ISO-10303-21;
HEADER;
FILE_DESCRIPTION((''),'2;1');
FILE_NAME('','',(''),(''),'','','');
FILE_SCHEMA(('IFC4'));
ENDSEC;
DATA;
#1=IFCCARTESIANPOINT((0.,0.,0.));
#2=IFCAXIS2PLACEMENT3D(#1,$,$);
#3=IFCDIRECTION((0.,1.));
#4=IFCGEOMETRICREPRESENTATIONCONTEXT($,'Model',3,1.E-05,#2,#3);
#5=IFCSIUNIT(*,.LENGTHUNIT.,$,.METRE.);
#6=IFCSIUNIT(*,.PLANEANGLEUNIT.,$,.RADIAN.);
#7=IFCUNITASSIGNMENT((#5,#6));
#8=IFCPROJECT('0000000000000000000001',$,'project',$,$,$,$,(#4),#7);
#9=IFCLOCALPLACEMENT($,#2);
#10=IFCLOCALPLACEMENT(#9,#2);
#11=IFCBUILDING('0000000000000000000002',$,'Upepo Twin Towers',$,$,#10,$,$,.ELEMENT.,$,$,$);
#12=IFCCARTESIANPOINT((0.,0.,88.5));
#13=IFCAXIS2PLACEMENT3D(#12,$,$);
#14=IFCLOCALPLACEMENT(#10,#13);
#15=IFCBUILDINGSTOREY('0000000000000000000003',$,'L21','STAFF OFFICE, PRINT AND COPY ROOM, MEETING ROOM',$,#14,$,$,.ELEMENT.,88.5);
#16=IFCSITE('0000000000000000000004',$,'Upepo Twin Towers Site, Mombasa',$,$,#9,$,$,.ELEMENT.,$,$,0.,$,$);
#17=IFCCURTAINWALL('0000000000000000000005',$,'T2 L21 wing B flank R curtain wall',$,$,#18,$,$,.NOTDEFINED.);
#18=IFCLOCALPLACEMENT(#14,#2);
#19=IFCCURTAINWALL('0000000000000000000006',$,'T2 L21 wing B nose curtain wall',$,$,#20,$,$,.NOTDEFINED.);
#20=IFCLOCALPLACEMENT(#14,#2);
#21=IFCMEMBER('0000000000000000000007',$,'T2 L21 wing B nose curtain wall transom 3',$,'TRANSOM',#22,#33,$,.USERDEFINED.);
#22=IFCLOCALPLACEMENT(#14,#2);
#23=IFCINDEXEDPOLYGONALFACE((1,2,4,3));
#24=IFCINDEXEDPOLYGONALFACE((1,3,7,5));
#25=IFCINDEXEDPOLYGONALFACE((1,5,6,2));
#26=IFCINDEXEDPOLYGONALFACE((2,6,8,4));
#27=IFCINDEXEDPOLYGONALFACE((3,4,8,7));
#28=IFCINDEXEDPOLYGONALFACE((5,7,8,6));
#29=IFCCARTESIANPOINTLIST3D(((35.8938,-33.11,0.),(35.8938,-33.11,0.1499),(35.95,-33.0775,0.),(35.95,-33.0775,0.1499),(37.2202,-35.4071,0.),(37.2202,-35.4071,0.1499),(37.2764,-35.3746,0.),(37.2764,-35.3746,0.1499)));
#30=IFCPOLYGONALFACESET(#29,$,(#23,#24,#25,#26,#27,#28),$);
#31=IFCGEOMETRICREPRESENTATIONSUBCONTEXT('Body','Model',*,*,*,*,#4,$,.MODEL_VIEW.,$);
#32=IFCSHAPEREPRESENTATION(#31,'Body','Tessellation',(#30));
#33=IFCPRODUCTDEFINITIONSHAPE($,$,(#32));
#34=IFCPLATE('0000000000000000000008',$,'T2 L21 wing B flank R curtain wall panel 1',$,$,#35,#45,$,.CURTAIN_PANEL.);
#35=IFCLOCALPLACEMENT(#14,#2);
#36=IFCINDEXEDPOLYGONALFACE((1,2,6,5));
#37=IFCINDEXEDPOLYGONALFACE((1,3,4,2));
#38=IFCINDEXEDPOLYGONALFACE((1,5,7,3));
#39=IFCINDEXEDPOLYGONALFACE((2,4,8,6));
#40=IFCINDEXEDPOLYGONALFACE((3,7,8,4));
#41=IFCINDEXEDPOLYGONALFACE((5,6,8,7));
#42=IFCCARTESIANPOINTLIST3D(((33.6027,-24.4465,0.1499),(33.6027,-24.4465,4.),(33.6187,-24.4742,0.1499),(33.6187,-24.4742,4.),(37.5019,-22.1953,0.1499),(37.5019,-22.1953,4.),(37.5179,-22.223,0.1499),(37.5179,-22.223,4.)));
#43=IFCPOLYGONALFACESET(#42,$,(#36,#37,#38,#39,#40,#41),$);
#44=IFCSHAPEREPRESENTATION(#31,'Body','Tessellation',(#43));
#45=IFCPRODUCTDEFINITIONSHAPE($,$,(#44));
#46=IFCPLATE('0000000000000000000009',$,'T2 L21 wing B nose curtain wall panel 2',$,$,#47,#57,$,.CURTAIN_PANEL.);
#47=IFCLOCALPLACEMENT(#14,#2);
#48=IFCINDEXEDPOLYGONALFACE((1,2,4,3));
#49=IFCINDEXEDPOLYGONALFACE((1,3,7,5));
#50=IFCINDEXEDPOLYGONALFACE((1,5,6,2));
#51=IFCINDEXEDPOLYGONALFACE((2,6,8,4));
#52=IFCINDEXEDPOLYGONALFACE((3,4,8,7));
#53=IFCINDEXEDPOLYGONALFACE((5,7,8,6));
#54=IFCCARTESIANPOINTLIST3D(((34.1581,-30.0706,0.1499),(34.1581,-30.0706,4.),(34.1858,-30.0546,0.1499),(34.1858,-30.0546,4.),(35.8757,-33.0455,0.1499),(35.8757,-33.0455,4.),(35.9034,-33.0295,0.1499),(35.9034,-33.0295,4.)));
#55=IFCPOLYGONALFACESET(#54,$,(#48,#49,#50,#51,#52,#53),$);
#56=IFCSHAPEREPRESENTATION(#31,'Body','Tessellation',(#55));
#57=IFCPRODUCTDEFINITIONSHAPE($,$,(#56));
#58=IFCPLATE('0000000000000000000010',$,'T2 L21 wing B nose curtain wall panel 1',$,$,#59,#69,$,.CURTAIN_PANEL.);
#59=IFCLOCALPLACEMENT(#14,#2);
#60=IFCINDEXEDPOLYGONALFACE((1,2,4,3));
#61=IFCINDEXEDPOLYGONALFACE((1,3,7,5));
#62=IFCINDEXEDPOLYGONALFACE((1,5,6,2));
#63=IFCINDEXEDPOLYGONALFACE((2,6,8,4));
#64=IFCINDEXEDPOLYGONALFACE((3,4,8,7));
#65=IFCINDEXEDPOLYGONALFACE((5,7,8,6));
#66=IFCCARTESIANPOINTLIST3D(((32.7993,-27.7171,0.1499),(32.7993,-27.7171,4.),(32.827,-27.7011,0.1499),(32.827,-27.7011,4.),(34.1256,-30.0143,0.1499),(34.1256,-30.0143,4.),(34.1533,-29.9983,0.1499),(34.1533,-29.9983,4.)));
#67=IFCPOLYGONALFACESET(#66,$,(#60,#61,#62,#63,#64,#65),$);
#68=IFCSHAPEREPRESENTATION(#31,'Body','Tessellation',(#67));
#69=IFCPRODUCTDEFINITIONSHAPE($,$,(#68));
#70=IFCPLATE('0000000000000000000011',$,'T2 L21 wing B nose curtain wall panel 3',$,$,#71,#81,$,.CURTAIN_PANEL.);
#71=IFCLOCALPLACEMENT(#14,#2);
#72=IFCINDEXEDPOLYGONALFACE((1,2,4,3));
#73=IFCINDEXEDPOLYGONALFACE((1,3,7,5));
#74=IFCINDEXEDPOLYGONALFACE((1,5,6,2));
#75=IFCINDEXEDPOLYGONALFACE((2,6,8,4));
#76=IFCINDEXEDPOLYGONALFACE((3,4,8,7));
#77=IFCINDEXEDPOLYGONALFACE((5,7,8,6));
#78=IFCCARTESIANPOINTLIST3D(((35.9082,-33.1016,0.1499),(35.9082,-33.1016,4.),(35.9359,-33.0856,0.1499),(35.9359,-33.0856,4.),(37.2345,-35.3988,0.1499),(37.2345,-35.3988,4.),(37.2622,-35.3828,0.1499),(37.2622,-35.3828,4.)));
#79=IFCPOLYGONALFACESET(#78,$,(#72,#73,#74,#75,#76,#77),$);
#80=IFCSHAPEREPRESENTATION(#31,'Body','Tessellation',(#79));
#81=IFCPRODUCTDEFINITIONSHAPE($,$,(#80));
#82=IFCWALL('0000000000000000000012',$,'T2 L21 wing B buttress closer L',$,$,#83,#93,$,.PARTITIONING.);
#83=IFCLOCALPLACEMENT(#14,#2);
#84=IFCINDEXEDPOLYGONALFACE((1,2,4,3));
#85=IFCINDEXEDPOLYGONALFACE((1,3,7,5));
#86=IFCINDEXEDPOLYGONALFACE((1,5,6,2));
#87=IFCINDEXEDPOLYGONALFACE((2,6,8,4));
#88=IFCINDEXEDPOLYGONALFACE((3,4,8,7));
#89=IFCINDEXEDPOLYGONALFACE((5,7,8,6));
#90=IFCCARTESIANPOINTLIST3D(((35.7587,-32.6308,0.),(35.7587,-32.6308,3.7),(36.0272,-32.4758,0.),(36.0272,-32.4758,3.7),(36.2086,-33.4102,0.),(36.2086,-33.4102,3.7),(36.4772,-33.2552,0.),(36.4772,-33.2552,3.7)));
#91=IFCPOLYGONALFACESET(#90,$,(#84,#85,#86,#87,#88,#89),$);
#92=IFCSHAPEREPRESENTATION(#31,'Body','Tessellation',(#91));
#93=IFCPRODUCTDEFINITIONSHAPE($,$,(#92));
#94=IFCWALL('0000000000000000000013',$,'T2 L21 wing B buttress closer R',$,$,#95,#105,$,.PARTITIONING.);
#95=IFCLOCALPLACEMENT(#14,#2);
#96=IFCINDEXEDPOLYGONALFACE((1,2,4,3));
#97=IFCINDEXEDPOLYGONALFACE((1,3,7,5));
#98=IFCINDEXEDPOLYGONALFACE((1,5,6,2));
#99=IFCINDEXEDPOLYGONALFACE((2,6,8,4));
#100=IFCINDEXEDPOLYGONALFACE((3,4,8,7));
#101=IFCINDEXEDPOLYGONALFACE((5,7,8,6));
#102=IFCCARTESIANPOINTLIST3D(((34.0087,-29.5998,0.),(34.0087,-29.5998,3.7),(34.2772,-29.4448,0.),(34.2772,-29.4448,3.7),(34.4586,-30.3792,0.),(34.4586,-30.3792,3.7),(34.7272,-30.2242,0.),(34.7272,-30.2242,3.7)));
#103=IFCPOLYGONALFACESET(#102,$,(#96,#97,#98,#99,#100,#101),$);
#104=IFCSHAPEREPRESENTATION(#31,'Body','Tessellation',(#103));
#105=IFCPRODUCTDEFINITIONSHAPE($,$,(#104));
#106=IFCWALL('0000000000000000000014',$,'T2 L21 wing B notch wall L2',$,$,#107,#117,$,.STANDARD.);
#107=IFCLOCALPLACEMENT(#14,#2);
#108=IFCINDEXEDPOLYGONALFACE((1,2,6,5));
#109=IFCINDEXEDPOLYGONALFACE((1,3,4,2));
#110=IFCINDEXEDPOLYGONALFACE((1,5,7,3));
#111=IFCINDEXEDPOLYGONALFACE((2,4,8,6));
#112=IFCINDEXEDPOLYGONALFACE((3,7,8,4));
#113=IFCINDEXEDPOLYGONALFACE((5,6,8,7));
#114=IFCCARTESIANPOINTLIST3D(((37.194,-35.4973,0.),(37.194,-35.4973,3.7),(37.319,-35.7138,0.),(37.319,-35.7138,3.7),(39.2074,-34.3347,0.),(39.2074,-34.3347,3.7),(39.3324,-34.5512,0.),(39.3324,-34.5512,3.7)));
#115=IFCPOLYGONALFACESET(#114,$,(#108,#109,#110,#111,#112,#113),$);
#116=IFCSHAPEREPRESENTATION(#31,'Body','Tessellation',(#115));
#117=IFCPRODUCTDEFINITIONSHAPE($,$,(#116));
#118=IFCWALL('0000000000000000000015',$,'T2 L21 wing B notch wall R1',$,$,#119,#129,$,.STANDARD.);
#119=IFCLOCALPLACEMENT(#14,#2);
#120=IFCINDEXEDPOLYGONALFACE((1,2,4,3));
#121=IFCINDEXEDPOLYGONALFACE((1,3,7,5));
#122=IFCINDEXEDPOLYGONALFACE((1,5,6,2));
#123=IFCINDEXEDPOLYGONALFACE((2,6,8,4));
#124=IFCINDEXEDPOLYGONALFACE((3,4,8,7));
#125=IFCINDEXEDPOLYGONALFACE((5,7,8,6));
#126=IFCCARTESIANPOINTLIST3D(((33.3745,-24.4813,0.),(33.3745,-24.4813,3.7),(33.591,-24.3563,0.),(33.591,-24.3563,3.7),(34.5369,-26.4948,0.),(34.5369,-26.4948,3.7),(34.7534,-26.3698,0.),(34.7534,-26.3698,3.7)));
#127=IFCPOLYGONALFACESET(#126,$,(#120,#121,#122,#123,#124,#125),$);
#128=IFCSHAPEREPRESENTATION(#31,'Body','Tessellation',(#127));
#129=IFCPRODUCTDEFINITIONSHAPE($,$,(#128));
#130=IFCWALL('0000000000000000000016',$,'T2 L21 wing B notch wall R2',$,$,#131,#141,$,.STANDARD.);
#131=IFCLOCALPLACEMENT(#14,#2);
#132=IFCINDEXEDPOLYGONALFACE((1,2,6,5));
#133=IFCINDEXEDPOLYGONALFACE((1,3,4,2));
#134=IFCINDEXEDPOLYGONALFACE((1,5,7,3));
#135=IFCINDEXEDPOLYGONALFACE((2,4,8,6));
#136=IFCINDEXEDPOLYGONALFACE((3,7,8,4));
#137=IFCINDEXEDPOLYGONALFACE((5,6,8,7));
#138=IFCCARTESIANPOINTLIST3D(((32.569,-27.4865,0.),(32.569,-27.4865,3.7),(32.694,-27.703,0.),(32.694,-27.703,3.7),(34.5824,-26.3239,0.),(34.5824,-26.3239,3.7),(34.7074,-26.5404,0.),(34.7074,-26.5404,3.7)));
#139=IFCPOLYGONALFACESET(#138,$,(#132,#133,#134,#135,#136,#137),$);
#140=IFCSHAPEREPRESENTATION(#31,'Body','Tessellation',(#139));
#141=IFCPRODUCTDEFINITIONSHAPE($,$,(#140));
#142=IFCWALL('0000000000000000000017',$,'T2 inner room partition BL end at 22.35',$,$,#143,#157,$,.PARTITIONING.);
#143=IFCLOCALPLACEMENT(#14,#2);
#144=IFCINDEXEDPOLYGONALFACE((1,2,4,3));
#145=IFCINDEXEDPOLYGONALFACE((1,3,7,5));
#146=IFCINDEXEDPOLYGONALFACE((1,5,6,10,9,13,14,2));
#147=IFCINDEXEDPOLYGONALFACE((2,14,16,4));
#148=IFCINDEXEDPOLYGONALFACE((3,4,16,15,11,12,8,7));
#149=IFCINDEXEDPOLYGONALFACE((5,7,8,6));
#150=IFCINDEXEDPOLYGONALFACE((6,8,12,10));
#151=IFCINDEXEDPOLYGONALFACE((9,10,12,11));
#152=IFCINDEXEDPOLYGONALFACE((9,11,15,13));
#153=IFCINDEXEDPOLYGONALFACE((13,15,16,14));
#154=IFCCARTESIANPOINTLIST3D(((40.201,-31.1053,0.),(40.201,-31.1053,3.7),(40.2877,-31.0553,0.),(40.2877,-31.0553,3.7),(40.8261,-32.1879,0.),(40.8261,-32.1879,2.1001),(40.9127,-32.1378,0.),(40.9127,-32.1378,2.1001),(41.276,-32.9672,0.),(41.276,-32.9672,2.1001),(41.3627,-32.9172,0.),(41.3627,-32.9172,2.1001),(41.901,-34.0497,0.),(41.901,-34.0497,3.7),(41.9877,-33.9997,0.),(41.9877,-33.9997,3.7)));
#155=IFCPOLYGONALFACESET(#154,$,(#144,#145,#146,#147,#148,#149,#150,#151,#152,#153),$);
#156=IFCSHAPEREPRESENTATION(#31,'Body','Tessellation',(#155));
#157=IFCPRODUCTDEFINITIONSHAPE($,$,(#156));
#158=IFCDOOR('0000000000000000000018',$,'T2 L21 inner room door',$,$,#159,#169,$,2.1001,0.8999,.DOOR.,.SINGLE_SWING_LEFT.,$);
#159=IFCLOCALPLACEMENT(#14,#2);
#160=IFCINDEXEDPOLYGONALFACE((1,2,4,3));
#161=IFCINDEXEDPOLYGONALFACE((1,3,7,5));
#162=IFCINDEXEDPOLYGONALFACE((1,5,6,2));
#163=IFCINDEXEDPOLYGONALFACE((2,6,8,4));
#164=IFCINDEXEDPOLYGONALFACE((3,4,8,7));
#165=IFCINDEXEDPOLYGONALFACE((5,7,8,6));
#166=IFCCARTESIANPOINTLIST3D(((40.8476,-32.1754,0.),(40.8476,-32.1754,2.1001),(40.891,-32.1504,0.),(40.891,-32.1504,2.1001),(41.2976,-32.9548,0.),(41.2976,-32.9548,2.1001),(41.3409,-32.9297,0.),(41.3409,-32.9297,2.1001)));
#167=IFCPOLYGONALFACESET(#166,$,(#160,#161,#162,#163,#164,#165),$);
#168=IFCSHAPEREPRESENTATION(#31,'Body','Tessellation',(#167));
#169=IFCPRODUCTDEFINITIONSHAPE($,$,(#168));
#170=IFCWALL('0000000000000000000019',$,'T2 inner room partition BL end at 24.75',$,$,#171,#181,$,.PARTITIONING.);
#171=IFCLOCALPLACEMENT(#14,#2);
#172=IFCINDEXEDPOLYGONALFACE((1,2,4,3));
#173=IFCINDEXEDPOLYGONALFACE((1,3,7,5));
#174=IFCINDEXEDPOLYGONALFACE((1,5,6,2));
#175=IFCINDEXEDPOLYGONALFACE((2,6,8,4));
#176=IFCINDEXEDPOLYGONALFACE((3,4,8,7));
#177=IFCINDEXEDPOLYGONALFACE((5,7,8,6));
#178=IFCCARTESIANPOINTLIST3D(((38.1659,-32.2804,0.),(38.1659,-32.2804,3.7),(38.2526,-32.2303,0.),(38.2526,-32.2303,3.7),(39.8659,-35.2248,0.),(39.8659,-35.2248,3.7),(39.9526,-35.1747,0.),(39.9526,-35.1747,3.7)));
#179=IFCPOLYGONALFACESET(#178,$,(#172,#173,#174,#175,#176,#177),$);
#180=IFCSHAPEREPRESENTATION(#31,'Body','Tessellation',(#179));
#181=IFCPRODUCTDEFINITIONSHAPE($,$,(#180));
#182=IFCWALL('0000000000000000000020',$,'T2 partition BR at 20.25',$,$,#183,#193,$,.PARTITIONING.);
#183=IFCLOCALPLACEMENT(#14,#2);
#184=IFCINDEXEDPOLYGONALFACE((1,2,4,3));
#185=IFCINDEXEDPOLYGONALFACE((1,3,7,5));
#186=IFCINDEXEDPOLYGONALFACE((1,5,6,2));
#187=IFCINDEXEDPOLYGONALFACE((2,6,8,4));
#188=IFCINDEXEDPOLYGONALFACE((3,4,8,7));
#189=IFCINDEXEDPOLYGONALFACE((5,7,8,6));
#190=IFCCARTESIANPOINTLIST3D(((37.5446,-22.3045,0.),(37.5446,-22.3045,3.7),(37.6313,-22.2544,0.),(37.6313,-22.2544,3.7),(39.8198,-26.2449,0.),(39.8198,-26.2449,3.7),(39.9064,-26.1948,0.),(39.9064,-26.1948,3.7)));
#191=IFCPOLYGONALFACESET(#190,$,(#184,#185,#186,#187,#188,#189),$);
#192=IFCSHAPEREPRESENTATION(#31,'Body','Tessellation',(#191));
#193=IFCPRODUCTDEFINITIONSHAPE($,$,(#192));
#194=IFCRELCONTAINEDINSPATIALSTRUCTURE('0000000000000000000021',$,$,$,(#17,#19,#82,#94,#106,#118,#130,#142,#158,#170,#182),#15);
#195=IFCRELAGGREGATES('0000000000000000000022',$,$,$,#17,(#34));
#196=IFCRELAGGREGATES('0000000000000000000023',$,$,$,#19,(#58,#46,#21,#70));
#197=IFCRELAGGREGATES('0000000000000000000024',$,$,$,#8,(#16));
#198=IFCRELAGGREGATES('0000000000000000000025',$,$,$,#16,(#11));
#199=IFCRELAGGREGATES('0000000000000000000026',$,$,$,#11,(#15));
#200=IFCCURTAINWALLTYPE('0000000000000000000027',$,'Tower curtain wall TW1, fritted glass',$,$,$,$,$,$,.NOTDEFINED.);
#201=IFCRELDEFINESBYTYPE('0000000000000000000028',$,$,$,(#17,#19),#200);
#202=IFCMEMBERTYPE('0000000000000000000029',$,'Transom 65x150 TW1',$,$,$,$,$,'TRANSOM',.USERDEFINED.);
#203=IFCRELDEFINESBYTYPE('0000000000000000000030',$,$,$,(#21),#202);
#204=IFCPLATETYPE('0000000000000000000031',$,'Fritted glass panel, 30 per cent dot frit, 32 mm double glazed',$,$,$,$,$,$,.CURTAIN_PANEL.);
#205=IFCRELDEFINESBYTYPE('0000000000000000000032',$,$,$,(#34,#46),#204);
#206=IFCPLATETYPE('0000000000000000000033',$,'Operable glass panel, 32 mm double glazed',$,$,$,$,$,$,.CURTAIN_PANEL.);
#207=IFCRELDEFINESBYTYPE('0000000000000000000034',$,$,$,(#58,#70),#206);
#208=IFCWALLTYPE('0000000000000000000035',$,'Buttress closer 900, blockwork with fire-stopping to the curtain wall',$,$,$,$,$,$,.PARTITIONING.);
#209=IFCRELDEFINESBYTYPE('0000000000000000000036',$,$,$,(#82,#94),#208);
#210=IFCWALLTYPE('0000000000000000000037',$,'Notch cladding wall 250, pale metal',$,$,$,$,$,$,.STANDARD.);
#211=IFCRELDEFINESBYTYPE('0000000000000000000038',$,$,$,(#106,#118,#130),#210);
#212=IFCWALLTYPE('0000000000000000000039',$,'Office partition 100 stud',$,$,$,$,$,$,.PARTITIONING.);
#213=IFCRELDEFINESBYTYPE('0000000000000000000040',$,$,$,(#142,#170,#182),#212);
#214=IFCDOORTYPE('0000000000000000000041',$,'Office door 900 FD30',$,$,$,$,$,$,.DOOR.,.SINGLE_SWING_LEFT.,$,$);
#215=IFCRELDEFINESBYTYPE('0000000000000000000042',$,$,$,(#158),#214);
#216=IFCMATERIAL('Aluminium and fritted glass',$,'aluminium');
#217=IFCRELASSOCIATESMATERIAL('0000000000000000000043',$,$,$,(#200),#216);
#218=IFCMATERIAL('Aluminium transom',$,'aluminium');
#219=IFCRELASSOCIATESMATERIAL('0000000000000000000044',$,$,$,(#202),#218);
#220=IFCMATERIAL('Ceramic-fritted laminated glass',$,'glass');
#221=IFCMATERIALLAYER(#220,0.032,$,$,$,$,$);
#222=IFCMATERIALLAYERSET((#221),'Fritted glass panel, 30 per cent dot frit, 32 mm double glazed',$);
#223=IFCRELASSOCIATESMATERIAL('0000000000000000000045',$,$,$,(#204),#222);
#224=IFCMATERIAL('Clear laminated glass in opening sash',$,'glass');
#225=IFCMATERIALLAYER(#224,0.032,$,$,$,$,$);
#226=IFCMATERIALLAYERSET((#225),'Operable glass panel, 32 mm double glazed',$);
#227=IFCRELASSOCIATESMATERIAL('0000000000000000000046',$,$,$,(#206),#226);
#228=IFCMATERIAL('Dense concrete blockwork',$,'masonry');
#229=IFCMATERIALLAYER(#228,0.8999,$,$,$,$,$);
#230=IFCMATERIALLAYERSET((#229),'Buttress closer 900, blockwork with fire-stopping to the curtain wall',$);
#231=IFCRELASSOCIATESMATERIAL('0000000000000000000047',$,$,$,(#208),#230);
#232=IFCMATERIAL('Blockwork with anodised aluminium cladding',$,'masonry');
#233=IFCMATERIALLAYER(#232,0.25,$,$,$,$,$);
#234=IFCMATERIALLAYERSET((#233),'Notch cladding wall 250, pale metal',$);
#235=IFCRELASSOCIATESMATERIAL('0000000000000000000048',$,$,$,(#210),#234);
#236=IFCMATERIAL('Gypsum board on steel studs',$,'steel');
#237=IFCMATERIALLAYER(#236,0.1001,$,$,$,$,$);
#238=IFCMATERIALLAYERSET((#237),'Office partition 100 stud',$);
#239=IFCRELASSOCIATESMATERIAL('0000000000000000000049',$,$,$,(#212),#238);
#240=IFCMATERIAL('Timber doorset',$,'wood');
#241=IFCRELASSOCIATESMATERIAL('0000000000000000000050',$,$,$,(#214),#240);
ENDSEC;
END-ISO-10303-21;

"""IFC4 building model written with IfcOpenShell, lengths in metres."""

from ifc_helpers import new_model, si_unit, direction, frame, frame_2d, origin, origin_2d, place, context, subcontext, project, spatial, rectangle, extrude, material, layer, layer_set, material_profile, profile_set, type_object, element, fill, aggregate, save


model = new_model("IFC4")

# Units and contexts
model_context = context("Model", 3, precision=1e-05, world=origin(), true_north=direction((0.0, 1.0)))
body_context = subcontext(model_context, "Body", "Model", "MODEL_VIEW")
ifc_project = project(units=[si_unit("LENGTHUNIT", "METRE"), si_unit("PLANEANGLEUNIT", "RADIAN")], contexts=[model_context])

# Site, building, storey
site_placement = place(None, origin())
site = spatial("IfcSite", under=ifc_project, at=site_placement, Name="Upepo Twin Towers Site, Mombasa", CompositionType="ELEMENT", RefElevation=0.0)
building_placement = place(site_placement, origin())
building = spatial("IfcBuilding", under=site, at=building_placement, Name="Upepo Twin Towers", CompositionType="ELEMENT")
storey_placement = place(building_placement, frame((0.0, 0.0, 88.5)))
storey = spatial("IfcBuildingStorey", under=building, at=storey_placement, Name="L21", Description="STAFF OFFICE, PRINT AND COPY ROOM, MEETING ROOM", CompositionType="ELEMENT", Elevation=88.5)

# Shared definitions
ifc_material_1 = material(Name="Aluminium and fritted glass", Category="aluminium")
curtain_wall_type = type_object("IfcCurtainWallType", Name="Tower curtain wall TW1, fritted glass", PredefinedType="NOTDEFINED", material=ifc_material_1)

# Curtain walls
curtain_wall_1_placement = place(storey_placement, origin())
curtain_wall_1 = element("IfcCurtainWall", 1, at=curtain_wall_1_placement, inside=storey, type_object=curtain_wall_type, Name="T2 L21 wing B flank R curtain wall", PredefinedType="NOTDEFINED")
curtain_wall_2_placement = place(storey_placement, origin())
curtain_wall_2 = element("IfcCurtainWall", 2, at=curtain_wall_2_placement, inside=storey, type_object=curtain_wall_type, Name="T2 L21 wing B nose curtain wall", PredefinedType="NOTDEFINED")

# Member
ifc_material_2 = material(Name="Aluminium transom", Category="aluminium")
ifc_material_profile_1 = material_profile(ifc_material_2, rectangle(XDim=0.0649, YDim=0.1499, at=origin_2d()), Name="TRANSOM 65x150")
ifc_profile_set_1 = profile_set([ifc_material_profile_1], Name="Aluminium transom")
member_type_1 = type_object("IfcMemberType", Name="Transom 65x150 TW1", ElementType="TRANSOM", PredefinedType="USERDEFINED", material=ifc_profile_set_1)
member_1_placement = place(storey_placement, frame((35.9219, -33.0938, 0.075), z_axis=(0.500049, -0.865997, 0.0), x_axis=(0.865997, 0.500049, 0.0)))
member_1 = element("IfcMember", 3, at=member_1_placement, type_object=member_type_1, Name="T2 L21 wing B nose curtain wall transom 3", ObjectType="TRANSOM", PredefinedType="USERDEFINED", context=body_context, shape_type="SweptSolid", body=[
    extrude(rectangle(XDim=0.0649, YDim=0.1499, at=origin_2d()), origin(), (0.0, 0.0, 1.0), 2.6526),
])

# Plates
ifc_material_3 = material(Name="Ceramic-fritted laminated glass", Category="glass")
ifc_layer_1 = layer(ifc_material_3, 0.032)
ifc_layer_set_1 = layer_set([ifc_layer_1], Name="Fritted glass panel, 30 per cent dot frit, 32 mm double glazed")
plate_type_1 = type_object("IfcPlateType", Name="Fritted glass panel, 30 per cent dot frit, 32 mm double glazed", PredefinedType="CURTAIN_PANEL", material=ifc_layer_set_1)
plate_1_placement = place(storey_placement, frame((35.5603, -23.3347, 0.1499), z_axis=(0.0, 0.0, 1.0), x_axis=(0.866025, 0.5, 0.0)))
plate_1 = element("IfcPlate", 4, at=plate_1_placement, type_object=plate_type_1, Name="T2 L21 wing B flank R curtain wall panel 1", PredefinedType="CURTAIN_PANEL", context=body_context, shape_type="SweptSolid", body=[
    extrude(rectangle(XDim=4.5024, YDim=0.032, at=origin_2d()), origin(), (0.0, 0.0, 1.0), 3.8501),
])
aggregate(curtain_wall_1, [plate_1])
plate_2_placement = place(storey_placement, frame((35.0308, -31.55, 0.1499), z_axis=(0.0, 0.0, 1.0), x_axis=(0.5, -0.866025, 0.0)))
plate_2 = element("IfcPlate", 5, at=plate_2_placement, type_object=plate_type_1, Name="T2 L21 wing B nose curtain wall panel 2", PredefinedType="CURTAIN_PANEL", context=body_context, shape_type="SweptSolid", body=[
    extrude(rectangle(XDim=3.4351, YDim=0.032, at=origin_2d()), origin(), (0.0, 0.0, 1.0), 3.8501),
])
ifc_material_4 = material(Name="Clear laminated glass in opening sash", Category="glass")
ifc_layer_2 = layer(ifc_material_4, 0.032)
ifc_layer_set_2 = layer_set([ifc_layer_2], Name="Operable glass panel, 32 mm double glazed")
plate_type_2 = type_object("IfcPlateType", Name="Operable glass panel, 32 mm double glazed", PredefinedType="CURTAIN_PANEL", material=ifc_layer_set_2)
plate_3_placement = place(storey_placement, frame((33.4763, -28.8577, 0.1499), z_axis=(0.0, 0.0, 1.0), x_axis=(0.5, -0.866025, 0.0)))
plate_3 = element("IfcPlate", 6, at=plate_3_placement, type_object=plate_type_2, Name="T2 L21 wing B nose curtain wall panel 1", PredefinedType="CURTAIN_PANEL", context=body_context, shape_type="SweptSolid", body=[
    extrude(rectangle(XDim=2.6526, YDim=0.032, at=origin_2d()), origin(), (0.0, 0.0, 1.0), 3.8501),
])
plate_4_placement = place(storey_placement, frame((36.5852, -34.2422, 0.1499), z_axis=(0.0, 0.0, 1.0), x_axis=(0.5, -0.866025, 0.0)))
plate_4 = element("IfcPlate", 7, at=plate_4_placement, type_object=plate_type_2, Name="T2 L21 wing B nose curtain wall panel 3", PredefinedType="CURTAIN_PANEL", context=body_context, shape_type="SweptSolid", body=[
    extrude(rectangle(XDim=2.6526, YDim=0.032, at=origin_2d()), origin(), (0.0, 0.0, 1.0), 3.8501),
])
aggregate(curtain_wall_2, [plate_3, plate_2, member_1, plate_4])

# Walls
ifc_material_5 = material(Name="Dense concrete blockwork", Category="masonry")
ifc_layer_3 = layer(ifc_material_5, 0.8999)
ifc_layer_set_3 = layer_set([ifc_layer_3], Name="Buttress closer 900, blockwork with fire-stopping to the curtain wall")
wall_type_1 = type_object("IfcWallType", Name="Buttress closer 900, blockwork with fire-stopping to the curtain wall", PredefinedType="PARTITIONING", material=ifc_layer_set_3)
for number, where, z_axis, x_axis, name in (
    (8, (36.2522, -32.8655, 0.0), (0.0, 0.0, 1.0), (-0.866054, -0.49995, 0.0), "T2 L21 wing B buttress closer L"),
    (9, (34.5022, -29.8345, 0.0), (0.0, 0.0, 1.0), (-0.866054, -0.49995, 0.0), "T2 L21 wing B buttress closer R"),
):
    element("IfcWall", number, at=place(storey_placement, frame(where, z_axis=z_axis, x_axis=x_axis)), inside=storey, type_object=wall_type_1, Name=name, PredefinedType="PARTITIONING", context=body_context, shape_type="SweptSolid", body=[
        extrude(rectangle(XDim=0.3101, YDim=0.8999, at=frame_2d((0.155, 0.0))), origin(), (0.0, 0.0, 1.0), 3.7),
    ])
ifc_material_6 = material(Name="Blockwork with anodised aluminium cladding", Category="masonry")
ifc_layer_4 = layer(ifc_material_6, 0.25)
ifc_layer_set_4 = layer_set([ifc_layer_4], Name="Notch cladding wall 250, pale metal")
wall_type_2 = type_object("IfcWallType", Name="Notch cladding wall 250, pale metal", PredefinedType="STANDARD", material=ifc_layer_set_4)
for number, where, z_axis, x_axis, name in (
    (10, (39.27, -34.4429, 0.0), (0.0, 0.0, 1.0), (-0.865998, -0.500047, 0.0), "T2 L21 wing B notch wall L2"),
    (11, (33.4827, -24.4187, 0.0), (0.0, 0.0, 1.0), (0.499968, -0.866044, 0.0), "T2 L21 wing B notch wall R1"),
    (12, (34.645, -26.4321, 0.0), (0.0, 0.0, 1.0), (-0.865998, -0.500047, 0.0), "T2 L21 wing B notch wall R2"),
):
    element("IfcWall", number, at=place(storey_placement, frame(where, z_axis=z_axis, x_axis=x_axis)), inside=storey, type_object=wall_type_2, Name=name, PredefinedType="STANDARD", context=body_context, shape_type="SweptSolid", body=[
        extrude(rectangle(XDim=2.325, YDim=0.25, at=frame_2d((1.1626, 0.0))), origin(), (0.0, 0.0, 1.0), 3.7),
    ])

# Wall, opening, door
ifc_material_7 = material(Name="Gypsum board on steel studs", Category="steel")
ifc_layer_5 = layer(ifc_material_7, 0.1001)
ifc_layer_set_5 = layer_set([ifc_layer_5], Name="Office partition 100 stud")
wall_type_3 = type_object("IfcWallType", Name="Office partition 100 stud", PredefinedType="PARTITIONING", material=ifc_layer_set_5)
wall_1_placement = place(storey_placement, frame((40.2444, -31.0803, 0.0), z_axis=(0.0, 0.0, 1.0), x_axis=(0.500008, -0.866021, 0.0)))
wall_1 = element("IfcWall", 13, at=wall_1_placement, inside=storey, type_object=wall_type_3, Name="T2 inner room partition BL end at 22.35", PredefinedType="PARTITIONING", context=body_context, shape_type="SweptSolid", body=[
    extrude(rectangle(XDim=3.3999, YDim=0.1001, at=frame_2d((1.7, 0.0))), origin(), (0.0, 0.0, 1.0), 3.7),
])
opening_1_placement = place(wall_1_placement, frame((1.25, 0.0, 0.0)))
opening_1 = element("IfcOpeningElement", 14, at=opening_1_placement, cuts=wall_1, PredefinedType="OPENING", context=body_context, shape_type="SweptSolid", body=[
    extrude(rectangle(XDim=0.8999, YDim=2.1001, at=frame_2d((0.45, 1.05))), frame((0.0, 0.0601, 0.0), z_axis=(0.0, -1.0, 0.0), x_axis=(1.0, 0.0, 0.0)), (0.0, 0.0, 1.0), 0.1201),
])
ifc_material_8 = material(Name="Timber doorset", Category="wood")
door_type = type_object("IfcDoorType", Name="Office door 900 FD30", OperationType="SINGLE_SWING_LEFT", PredefinedType="DOOR", material=ifc_material_8)
door_1_placement = place(opening_1_placement, origin())
door_1 = element("IfcDoor", 15, at=door_1_placement, inside=storey, type_object=door_type, Name="T2 L21 inner room door", OperationType="SINGLE_SWING_LEFT", OverallHeight=2.1001, OverallWidth=0.8999, PredefinedType="DOOR", context=body_context, shape_type="SweptSolid", body=[
    extrude(rectangle(XDim=0.8999, YDim=2.1001, at=frame_2d((0.45, 1.05))), frame((0.0, 0.0249, 0.0), z_axis=(0.0, -1.0, 0.0), x_axis=(1.0, 0.0, 0.0)), (0.0, 0.0, 1.0), 0.05),
])
fill(opening_1, door_1)

# Walls
wall_2_placement = place(storey_placement, frame((38.2092, -32.2554, 0.0), z_axis=(0.0, 0.0, 1.0), x_axis=(0.500008, -0.866021, 0.0)))
element("IfcWall", 16, at=wall_2_placement, inside=storey, type_object=wall_type_3, Name="T2 inner room partition BL end at 24.75", PredefinedType="PARTITIONING", context=body_context, shape_type="SweptSolid", body=[
    extrude(rectangle(XDim=3.3999, YDim=0.1001, at=frame_2d((1.7, 0.0))), origin(), (0.0, 0.0, 1.0), 3.7),
])
wall_3_placement = place(storey_placement, frame((39.863, -26.2197, 0.0), z_axis=(0.0, 0.0, 1.0), x_axis=(-0.500023, 0.866012, 0.0)))
element("IfcWall", 17, at=wall_3_placement, inside=storey, type_object=wall_type_3, Name="T2 partition BR at 20.25", PredefinedType="PARTITIONING", context=body_context, shape_type="SweptSolid", body=[
    extrude(rectangle(XDim=4.55, YDim=0.1001, at=frame_2d((2.2749, 0.0))), origin(), (0.0, 0.0, 1.0), 3.7),
])

save(model, "model.ifc")
